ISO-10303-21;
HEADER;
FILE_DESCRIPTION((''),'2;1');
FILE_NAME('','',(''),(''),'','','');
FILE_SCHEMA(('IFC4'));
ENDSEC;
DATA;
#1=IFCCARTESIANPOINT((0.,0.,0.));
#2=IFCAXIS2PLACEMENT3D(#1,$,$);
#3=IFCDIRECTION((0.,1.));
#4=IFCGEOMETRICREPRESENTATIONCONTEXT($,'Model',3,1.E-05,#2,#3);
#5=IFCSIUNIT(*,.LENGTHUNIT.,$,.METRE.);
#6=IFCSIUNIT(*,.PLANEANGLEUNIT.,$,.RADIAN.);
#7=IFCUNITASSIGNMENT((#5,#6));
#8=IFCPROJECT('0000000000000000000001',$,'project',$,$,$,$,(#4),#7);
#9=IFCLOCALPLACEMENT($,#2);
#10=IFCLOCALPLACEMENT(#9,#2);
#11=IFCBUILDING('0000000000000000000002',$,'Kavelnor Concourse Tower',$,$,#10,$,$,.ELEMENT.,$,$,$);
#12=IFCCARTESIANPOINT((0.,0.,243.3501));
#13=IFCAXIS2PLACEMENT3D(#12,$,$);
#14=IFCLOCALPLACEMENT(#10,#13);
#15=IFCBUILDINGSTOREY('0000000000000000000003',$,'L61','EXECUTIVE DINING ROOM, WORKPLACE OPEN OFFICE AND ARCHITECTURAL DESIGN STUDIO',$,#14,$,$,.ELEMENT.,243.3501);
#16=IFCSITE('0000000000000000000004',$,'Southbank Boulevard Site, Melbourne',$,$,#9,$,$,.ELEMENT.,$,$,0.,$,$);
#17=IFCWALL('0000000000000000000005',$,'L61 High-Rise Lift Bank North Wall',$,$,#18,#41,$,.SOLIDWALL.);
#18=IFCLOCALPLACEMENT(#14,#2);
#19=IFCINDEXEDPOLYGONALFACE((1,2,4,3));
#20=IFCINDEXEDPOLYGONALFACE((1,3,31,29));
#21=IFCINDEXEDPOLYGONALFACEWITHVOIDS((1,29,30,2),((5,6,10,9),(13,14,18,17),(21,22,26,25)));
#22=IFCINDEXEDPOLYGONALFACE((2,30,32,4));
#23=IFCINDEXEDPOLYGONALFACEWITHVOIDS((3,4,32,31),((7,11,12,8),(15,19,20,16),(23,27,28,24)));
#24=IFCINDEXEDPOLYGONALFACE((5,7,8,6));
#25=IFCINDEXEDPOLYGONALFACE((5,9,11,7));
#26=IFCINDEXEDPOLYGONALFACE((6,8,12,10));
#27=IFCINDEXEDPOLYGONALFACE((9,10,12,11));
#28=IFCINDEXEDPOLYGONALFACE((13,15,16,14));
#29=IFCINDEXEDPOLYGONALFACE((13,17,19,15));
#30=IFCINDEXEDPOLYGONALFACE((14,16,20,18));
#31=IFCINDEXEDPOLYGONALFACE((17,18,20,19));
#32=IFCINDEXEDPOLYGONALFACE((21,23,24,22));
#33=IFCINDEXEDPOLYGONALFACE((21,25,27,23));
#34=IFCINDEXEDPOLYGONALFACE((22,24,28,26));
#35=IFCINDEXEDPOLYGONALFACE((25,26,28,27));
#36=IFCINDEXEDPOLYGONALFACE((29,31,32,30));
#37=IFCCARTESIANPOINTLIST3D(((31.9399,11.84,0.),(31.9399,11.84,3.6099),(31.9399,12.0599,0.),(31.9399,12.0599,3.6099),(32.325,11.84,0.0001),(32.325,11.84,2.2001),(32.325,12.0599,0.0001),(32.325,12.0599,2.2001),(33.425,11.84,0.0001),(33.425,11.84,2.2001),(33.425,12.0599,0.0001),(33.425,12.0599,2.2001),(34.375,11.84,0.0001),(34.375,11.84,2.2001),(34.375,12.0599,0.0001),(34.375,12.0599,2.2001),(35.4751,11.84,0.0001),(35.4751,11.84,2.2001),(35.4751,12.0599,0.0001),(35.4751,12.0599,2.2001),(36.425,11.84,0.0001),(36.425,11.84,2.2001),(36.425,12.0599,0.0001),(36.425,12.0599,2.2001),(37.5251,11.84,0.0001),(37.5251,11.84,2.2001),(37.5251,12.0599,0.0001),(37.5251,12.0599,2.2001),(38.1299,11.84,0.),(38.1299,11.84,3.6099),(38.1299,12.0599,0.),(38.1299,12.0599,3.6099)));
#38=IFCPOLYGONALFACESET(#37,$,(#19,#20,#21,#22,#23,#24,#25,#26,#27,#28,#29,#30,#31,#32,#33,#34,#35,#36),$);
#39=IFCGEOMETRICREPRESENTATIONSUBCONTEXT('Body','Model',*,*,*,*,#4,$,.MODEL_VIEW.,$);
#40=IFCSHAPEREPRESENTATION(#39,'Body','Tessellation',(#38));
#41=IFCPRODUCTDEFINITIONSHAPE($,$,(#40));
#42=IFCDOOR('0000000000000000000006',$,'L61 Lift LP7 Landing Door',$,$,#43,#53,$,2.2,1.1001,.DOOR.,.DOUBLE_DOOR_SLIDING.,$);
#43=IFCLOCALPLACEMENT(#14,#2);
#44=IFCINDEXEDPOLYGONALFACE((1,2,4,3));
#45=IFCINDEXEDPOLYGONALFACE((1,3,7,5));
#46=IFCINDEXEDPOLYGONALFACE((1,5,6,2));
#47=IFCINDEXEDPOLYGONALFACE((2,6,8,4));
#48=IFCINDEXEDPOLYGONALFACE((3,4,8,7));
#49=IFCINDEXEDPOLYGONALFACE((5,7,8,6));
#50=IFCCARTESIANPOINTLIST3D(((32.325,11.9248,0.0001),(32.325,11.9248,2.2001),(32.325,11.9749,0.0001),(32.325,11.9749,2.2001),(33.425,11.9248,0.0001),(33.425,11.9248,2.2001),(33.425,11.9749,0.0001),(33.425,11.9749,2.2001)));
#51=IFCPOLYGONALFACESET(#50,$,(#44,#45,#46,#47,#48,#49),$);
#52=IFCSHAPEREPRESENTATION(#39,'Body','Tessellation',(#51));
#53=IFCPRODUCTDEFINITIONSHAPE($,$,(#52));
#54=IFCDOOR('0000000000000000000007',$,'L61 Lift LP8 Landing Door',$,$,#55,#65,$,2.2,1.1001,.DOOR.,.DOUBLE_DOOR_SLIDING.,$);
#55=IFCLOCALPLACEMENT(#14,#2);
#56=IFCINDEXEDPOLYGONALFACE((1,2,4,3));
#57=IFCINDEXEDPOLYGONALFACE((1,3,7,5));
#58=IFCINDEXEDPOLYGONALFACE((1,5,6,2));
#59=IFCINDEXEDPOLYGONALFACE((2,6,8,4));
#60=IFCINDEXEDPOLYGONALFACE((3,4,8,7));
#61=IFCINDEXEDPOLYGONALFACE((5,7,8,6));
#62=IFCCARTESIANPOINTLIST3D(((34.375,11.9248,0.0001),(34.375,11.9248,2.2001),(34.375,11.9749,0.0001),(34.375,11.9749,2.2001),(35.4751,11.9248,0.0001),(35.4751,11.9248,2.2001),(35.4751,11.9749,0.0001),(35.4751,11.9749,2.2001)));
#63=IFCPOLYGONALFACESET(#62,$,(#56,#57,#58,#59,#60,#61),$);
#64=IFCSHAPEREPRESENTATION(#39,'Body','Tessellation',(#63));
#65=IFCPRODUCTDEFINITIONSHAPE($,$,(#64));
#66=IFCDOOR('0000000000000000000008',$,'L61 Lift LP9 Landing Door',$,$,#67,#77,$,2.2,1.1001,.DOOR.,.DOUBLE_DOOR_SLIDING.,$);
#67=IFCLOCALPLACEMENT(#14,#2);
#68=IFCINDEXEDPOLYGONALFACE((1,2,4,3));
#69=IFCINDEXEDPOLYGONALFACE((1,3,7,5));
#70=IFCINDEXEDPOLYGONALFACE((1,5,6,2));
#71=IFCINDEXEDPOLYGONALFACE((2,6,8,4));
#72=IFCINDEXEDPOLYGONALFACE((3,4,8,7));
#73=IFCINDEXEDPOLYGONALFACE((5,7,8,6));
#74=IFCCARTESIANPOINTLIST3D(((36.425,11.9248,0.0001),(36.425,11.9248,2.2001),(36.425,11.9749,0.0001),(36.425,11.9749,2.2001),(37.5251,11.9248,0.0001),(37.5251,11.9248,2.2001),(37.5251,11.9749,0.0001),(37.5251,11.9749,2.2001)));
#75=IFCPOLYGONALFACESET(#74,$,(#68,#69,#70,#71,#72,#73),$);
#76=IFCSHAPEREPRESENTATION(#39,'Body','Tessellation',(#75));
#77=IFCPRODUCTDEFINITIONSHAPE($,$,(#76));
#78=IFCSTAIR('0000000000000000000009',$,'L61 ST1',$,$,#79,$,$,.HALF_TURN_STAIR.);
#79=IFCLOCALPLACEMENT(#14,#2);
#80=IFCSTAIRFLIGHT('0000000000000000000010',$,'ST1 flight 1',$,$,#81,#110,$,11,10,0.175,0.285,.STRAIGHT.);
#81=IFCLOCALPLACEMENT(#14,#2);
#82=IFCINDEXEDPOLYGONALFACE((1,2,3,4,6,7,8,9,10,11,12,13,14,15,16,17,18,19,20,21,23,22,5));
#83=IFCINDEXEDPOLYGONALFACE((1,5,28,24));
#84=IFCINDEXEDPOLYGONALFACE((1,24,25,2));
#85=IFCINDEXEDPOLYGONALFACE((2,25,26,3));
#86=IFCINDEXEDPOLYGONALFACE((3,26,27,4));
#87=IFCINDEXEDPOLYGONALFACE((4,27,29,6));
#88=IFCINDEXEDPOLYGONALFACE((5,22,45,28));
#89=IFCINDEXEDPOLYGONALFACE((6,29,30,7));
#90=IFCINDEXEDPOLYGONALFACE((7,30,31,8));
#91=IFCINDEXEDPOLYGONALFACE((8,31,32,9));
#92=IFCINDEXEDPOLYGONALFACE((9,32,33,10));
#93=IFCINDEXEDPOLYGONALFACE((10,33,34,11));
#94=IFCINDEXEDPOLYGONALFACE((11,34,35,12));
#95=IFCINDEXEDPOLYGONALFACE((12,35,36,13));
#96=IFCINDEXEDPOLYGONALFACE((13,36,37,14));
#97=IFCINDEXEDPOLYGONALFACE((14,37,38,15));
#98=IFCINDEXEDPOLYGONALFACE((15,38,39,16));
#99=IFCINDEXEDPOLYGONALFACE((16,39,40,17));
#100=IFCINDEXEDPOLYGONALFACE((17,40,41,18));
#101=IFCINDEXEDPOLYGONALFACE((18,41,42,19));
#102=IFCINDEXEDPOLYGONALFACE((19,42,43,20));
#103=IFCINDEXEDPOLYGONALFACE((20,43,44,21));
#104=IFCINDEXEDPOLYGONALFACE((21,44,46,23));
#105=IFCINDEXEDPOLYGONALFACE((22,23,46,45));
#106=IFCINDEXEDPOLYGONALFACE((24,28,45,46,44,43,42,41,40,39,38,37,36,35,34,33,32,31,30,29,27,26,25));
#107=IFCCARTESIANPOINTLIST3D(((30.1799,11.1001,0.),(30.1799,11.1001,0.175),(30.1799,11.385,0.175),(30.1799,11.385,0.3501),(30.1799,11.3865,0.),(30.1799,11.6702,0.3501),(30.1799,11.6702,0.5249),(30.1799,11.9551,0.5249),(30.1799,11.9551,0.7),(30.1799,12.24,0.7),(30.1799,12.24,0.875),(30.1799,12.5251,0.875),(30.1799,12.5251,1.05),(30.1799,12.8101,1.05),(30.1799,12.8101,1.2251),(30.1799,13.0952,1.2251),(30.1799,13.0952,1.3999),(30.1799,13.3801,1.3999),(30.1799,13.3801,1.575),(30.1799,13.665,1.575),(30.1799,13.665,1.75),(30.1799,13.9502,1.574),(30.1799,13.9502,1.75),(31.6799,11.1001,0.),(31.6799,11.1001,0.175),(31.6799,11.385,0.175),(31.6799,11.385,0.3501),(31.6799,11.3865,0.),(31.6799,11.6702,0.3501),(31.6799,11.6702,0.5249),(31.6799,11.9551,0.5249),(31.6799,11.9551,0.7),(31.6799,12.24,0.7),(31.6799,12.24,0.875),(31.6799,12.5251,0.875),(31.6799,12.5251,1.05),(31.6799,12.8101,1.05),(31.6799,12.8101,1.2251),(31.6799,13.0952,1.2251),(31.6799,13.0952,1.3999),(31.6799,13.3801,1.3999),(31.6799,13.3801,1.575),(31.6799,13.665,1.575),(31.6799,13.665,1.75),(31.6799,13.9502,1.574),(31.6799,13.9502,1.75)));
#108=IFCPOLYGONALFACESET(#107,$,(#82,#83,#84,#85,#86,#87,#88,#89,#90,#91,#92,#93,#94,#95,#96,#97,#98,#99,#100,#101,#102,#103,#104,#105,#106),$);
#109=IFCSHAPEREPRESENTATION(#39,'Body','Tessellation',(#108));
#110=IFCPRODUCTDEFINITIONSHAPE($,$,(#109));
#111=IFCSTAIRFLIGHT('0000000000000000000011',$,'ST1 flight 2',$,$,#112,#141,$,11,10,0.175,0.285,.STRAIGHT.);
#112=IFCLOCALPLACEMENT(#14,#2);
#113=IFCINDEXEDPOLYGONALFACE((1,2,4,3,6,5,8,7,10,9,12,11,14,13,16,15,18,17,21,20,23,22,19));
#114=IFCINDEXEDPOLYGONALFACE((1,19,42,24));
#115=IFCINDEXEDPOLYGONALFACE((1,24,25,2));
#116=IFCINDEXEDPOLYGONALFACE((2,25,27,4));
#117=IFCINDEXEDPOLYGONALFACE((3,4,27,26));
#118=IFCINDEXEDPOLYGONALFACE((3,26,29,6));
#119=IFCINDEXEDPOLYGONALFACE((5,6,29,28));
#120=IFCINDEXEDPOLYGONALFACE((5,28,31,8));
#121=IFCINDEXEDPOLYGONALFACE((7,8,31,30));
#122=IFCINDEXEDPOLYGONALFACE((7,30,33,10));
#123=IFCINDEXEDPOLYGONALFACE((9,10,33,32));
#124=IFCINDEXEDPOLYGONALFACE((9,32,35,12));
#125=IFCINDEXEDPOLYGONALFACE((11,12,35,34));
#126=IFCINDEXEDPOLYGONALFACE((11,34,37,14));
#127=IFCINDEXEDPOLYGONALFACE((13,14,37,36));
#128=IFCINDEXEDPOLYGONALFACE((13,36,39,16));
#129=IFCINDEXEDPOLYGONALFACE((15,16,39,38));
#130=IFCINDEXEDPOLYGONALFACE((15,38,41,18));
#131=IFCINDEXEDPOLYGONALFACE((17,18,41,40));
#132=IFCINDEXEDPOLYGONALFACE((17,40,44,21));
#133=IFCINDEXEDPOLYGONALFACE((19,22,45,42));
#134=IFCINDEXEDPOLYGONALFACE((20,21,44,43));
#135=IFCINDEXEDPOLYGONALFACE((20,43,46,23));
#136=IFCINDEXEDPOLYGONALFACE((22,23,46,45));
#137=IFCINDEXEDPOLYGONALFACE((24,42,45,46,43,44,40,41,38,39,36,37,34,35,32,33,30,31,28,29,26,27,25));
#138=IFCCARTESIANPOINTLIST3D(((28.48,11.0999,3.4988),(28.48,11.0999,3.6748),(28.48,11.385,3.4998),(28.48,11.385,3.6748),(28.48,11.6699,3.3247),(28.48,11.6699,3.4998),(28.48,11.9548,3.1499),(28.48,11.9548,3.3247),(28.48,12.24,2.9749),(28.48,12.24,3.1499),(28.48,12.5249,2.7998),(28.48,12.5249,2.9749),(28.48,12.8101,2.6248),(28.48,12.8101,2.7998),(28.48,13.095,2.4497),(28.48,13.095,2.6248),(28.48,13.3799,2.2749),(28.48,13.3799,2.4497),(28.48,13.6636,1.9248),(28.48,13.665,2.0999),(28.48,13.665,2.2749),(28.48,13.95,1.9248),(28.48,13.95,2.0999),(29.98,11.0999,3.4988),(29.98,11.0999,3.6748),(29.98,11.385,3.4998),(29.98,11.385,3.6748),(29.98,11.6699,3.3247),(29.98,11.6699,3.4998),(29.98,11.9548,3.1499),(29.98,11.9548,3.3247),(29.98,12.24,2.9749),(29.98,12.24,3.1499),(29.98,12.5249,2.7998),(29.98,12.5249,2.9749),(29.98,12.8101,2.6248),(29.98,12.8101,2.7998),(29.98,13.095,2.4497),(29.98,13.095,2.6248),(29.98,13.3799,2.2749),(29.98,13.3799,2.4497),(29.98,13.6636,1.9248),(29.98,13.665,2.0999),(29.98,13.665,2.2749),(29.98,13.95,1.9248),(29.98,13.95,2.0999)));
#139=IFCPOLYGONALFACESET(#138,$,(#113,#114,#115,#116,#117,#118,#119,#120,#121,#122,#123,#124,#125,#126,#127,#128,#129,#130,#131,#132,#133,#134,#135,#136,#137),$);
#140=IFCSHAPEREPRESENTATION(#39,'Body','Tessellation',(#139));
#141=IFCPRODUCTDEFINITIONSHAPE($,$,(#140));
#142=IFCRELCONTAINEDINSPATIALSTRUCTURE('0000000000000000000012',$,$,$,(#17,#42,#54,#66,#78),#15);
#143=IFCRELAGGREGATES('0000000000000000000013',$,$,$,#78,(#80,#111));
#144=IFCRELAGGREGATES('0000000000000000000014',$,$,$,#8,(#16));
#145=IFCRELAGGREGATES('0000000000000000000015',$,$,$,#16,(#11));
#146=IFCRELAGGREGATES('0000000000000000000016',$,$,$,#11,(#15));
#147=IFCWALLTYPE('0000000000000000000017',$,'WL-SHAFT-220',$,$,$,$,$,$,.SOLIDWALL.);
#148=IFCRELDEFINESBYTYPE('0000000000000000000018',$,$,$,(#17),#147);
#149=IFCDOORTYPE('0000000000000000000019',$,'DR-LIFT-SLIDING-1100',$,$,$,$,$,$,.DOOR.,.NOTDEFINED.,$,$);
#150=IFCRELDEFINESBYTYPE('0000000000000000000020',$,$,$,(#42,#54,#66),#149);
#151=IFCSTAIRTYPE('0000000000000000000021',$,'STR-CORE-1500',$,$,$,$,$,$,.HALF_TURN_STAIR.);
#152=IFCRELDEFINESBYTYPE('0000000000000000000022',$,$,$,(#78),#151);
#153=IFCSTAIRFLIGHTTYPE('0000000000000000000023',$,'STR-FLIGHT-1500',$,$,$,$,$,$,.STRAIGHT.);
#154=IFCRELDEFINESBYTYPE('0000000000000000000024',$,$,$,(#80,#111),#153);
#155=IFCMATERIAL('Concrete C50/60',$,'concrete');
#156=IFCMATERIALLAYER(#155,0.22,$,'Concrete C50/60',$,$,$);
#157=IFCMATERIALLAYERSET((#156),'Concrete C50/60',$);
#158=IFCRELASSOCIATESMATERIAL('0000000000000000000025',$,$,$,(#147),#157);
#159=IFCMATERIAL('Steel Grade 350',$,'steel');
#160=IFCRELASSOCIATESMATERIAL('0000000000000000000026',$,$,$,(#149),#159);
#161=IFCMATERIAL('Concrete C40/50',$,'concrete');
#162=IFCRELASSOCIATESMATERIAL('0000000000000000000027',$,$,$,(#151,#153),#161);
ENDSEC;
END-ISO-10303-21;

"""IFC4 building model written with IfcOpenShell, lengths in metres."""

from ifc_helpers import new_model, si_unit, direction, frame, frame_2d, origin, place, context, subcontext, project, spatial, polyline, rectangle, outline, extrude, material, layer, layer_set, type_object, element, fill, aggregate, save


model = new_model("IFC4")

# Units and contexts
model_context = context("Model", 3, precision=1e-05, world=origin(), true_north=direction((0.0, 1.0)))
body_context = subcontext(model_context, "Body", "Model", "MODEL_VIEW")
ifc_project = project(units=[si_unit("LENGTHUNIT", "METRE"), si_unit("PLANEANGLEUNIT", "RADIAN")], contexts=[model_context])

# Site, building, storey
site_placement = place(None, origin())
site = spatial("IfcSite", under=ifc_project, at=site_placement, Name="Southbank Boulevard Site, Melbourne", CompositionType="ELEMENT", RefElevation=0.0)
building_placement = place(site_placement, origin())
building = spatial("IfcBuilding", under=site, at=building_placement, Name="Kavelnor Concourse Tower", CompositionType="ELEMENT")
storey_placement = place(building_placement, frame((0.0, 0.0, 243.3501)))
storey = spatial("IfcBuildingStorey", under=building, at=storey_placement, Name="L61", Description="EXECUTIVE DINING ROOM, WORKPLACE OPEN OFFICE AND ARCHITECTURAL DESIGN STUDIO", CompositionType="ELEMENT", Elevation=243.3501)

# Shared definitions
ifc_material_1 = material(Name="Steel Grade 350", Category="steel")

# Shared definitions
ifc_material_2 = material(Name="Concrete C50/60", Category="concrete")
ifc_layer_1 = layer(ifc_material_2, 0.22, Name="Concrete C50/60")
ifc_layer_set_1 = layer_set([ifc_layer_1], Name="Concrete C50/60")
wall_type_1 = type_object("IfcWallType", Name="WL-SHAFT-220", PredefinedType="SOLIDWALL", material=ifc_layer_set_1)

# Wall, openings, doors
wall_1_placement = place(storey_placement, frame((31.9399, 11.95, 0.0), z_axis=(0.0, 0.0, 1.0), x_axis=(1.0, 0.0, 0.0)))
wall_1 = element("IfcWall", 1, at=wall_1_placement, inside=storey, type_object=wall_type_1, Name="L61 High-Rise Lift Bank North Wall", PredefinedType="SOLIDWALL", context=body_context, shape_type="SweptSolid", body=[
    extrude(rectangle(XDim=6.1899, YDim=0.22, at=frame_2d((3.095, 0.0))), origin(), (0.0, 0.0, 1.0), 3.6099),
])
opening_1_placement = place(wall_1_placement, frame((0.385, 0.0, 0.0)))
opening_1 = element("IfcOpeningElement", 2, at=opening_1_placement, cuts=wall_1, PredefinedType="OPENING", context=body_context, shape_type="SweptSolid", body=[
    extrude(rectangle(XDim=1.1001, YDim=2.2, at=frame_2d((0.55, 1.1001))), frame((0.0, 0.1201, 0.0), z_axis=(0.0, -1.0, 0.0), x_axis=(1.0, 0.0, 0.0)), (0.0, 0.0, 1.0), 0.24),
])
opening_2_placement = place(wall_1_placement, frame((2.4351, 0.0, 0.0)))
opening_2 = element("IfcOpeningElement", 3, at=opening_2_placement, cuts=wall_1, PredefinedType="OPENING", context=body_context, shape_type="SweptSolid", body=[
    extrude(rectangle(XDim=1.1001, YDim=2.2, at=frame_2d((0.55, 1.1001))), frame((0.0, 0.1201, 0.0), z_axis=(0.0, -1.0, 0.0), x_axis=(1.0, 0.0, 0.0)), (0.0, 0.0, 1.0), 0.24),
])
opening_3_placement = place(wall_1_placement, frame((4.4851, 0.0, 0.0)))
opening_3 = element("IfcOpeningElement", 4, at=opening_3_placement, cuts=wall_1, PredefinedType="OPENING", context=body_context, shape_type="SweptSolid", body=[
    extrude(rectangle(XDim=1.1001, YDim=2.2, at=frame_2d((0.55, 1.1001))), frame((0.0, 0.1201, 0.0), z_axis=(0.0, -1.0, 0.0), x_axis=(1.0, 0.0, 0.0)), (0.0, 0.0, 1.0), 0.24),
])
door_type_1 = type_object("IfcDoorType", Name="DR-LIFT-SLIDING-1100", OperationType="NOTDEFINED", PredefinedType="DOOR", material=ifc_material_1)
door_1_placement = place(opening_1_placement, origin())
door_1 = element("IfcDoor", 5, at=door_1_placement, inside=storey, type_object=door_type_1, Name="L61 Lift LP7 Landing Door", OperationType="DOUBLE_DOOR_SLIDING", OverallHeight=2.2, OverallWidth=1.1001, PredefinedType="DOOR", context=body_context, shape_type="SweptSolid", body=[
    extrude(rectangle(XDim=1.1001, YDim=2.2, at=frame_2d((0.55, 1.1001))), frame((0.0, 0.0249, 0.0), z_axis=(0.0, -1.0, 0.0), x_axis=(1.0, 0.0, 0.0)), (0.0, 0.0, 1.0), 0.05),
])
fill(opening_1, door_1)
door_2_placement = place(opening_2_placement, origin())
door_2 = element("IfcDoor", 6, at=door_2_placement, inside=storey, type_object=door_type_1, Name="L61 Lift LP8 Landing Door", OperationType="DOUBLE_DOOR_SLIDING", OverallHeight=2.2, OverallWidth=1.1001, PredefinedType="DOOR", context=body_context, shape_type="SweptSolid", body=[
    extrude(rectangle(XDim=1.1001, YDim=2.2, at=frame_2d((0.55, 1.1001))), frame((0.0, 0.0249, 0.0), z_axis=(0.0, -1.0, 0.0), x_axis=(1.0, 0.0, 0.0)), (0.0, 0.0, 1.0), 0.05),
])
fill(opening_2, door_2)
door_3_placement = place(opening_3_placement, origin())
door_3 = element("IfcDoor", 7, at=door_3_placement, inside=storey, type_object=door_type_1, Name="L61 Lift LP9 Landing Door", OperationType="DOUBLE_DOOR_SLIDING", OverallHeight=2.2, OverallWidth=1.1001, PredefinedType="DOOR", context=body_context, shape_type="SweptSolid", body=[
    extrude(rectangle(XDim=1.1001, YDim=2.2, at=frame_2d((0.55, 1.1001))), frame((0.0, 0.0249, 0.0), z_axis=(0.0, -1.0, 0.0), x_axis=(1.0, 0.0, 0.0)), (0.0, 0.0, 1.0), 0.05),
])
fill(opening_3, door_3)

# Stair, stair flights
ifc_material_3 = material(Name="Concrete C40/50", Category="concrete")
stair_type = type_object("IfcStairType", Name="STR-CORE-1500", PredefinedType="HALF_TURN_STAIR", material=ifc_material_3)
stair_placement = place(storey_placement, origin())
stair = element("IfcStair", 8, at=stair_placement, inside=storey, type_object=stair_type, Name="L61 ST1", PredefinedType="HALF_TURN_STAIR")
stair_flight_type = type_object("IfcStairFlightType", Name="STR-FLIGHT-1500", PredefinedType="STRAIGHT", material=ifc_material_3)
stair_flight_1_placement = place(storey_placement, frame((30.9299, 11.1001, 0.0), z_axis=(0.0, 0.0, 1.0), x_axis=(0.0, 1.0, 0.0)))
stair_flight_1 = element("IfcStairFlight", 9, at=stair_flight_1_placement, type_object=stair_flight_type, Name="ST1 flight 1", NumberOfRisers=11, NumberOfTreads=10, PredefinedType="STRAIGHT", RiserHeight=0.175, TreadLength=0.285, context=body_context, shape_type="SweptSolid", body=[
    extrude(outline(polyline([(0.0, 0.0), (0.0, 0.175), (0.2849, 0.175), (0.2849, 0.3501), (0.5701, 0.3501), (0.5701, 0.5249), (0.855, 0.5249), (0.855, 0.7), (1.1399, 0.7), (1.1399, 0.875), (1.425, 0.875), (1.425, 1.05), (1.71, 1.05), (1.71, 1.2251), (1.9951, 1.2251), (1.9951, 1.3999), (2.28, 1.3999), (2.28, 1.575), (2.5649, 1.575), (2.5649, 1.75), (2.8501, 1.75), (2.8501, 1.925), (2.8501, 1.574), (0.2864, 0.0), (0.0, 0.0)])), frame((0.0, 0.75, 0.0), z_axis=(0.0, -1.0, 0.0), x_axis=(1.0, 0.0, 0.0)), (0.0, 0.0, 1.0), 1.5),
])
stair_flight_2_placement = place(storey_placement, frame((29.23, 13.95, 1.9248), z_axis=(0.0, 0.0, 1.0), x_axis=(0.0, -1.0, 0.0)))
stair_flight_2 = element("IfcStairFlight", 10, at=stair_flight_2_placement, type_object=stair_flight_type, Name="ST1 flight 2", NumberOfRisers=11, NumberOfTreads=10, PredefinedType="STRAIGHT", RiserHeight=0.175, TreadLength=0.285, context=body_context, shape_type="SweptSolid", body=[
    extrude(outline(polyline([(0.0, 0.0), (0.0, 0.175), (0.2849, 0.175), (0.2849, 0.3501), (0.5701, 0.3501), (0.5701, 0.5249), (0.855, 0.5249), (0.855, 0.7), (1.1399, 0.7), (1.1399, 0.875), (1.425, 0.875), (1.425, 1.05), (1.71, 1.05), (1.71, 1.2251), (1.9951, 1.2251), (1.9951, 1.3999), (2.28, 1.3999), (2.28, 1.575), (2.5649, 1.575), (2.5649, 1.75), (2.8501, 1.75), (2.8501, 1.925), (2.8501, 1.574), (0.2864, 0.0), (0.0, 0.0)])), frame((0.0, 0.75, 0.0), z_axis=(0.0, -1.0, 0.0), x_axis=(1.0, 0.0, 0.0)), (0.0, 0.0, 1.0), 1.5),
])
aggregate(stair, [stair_flight_1, stair_flight_2])

save(model, "model.ifc")
